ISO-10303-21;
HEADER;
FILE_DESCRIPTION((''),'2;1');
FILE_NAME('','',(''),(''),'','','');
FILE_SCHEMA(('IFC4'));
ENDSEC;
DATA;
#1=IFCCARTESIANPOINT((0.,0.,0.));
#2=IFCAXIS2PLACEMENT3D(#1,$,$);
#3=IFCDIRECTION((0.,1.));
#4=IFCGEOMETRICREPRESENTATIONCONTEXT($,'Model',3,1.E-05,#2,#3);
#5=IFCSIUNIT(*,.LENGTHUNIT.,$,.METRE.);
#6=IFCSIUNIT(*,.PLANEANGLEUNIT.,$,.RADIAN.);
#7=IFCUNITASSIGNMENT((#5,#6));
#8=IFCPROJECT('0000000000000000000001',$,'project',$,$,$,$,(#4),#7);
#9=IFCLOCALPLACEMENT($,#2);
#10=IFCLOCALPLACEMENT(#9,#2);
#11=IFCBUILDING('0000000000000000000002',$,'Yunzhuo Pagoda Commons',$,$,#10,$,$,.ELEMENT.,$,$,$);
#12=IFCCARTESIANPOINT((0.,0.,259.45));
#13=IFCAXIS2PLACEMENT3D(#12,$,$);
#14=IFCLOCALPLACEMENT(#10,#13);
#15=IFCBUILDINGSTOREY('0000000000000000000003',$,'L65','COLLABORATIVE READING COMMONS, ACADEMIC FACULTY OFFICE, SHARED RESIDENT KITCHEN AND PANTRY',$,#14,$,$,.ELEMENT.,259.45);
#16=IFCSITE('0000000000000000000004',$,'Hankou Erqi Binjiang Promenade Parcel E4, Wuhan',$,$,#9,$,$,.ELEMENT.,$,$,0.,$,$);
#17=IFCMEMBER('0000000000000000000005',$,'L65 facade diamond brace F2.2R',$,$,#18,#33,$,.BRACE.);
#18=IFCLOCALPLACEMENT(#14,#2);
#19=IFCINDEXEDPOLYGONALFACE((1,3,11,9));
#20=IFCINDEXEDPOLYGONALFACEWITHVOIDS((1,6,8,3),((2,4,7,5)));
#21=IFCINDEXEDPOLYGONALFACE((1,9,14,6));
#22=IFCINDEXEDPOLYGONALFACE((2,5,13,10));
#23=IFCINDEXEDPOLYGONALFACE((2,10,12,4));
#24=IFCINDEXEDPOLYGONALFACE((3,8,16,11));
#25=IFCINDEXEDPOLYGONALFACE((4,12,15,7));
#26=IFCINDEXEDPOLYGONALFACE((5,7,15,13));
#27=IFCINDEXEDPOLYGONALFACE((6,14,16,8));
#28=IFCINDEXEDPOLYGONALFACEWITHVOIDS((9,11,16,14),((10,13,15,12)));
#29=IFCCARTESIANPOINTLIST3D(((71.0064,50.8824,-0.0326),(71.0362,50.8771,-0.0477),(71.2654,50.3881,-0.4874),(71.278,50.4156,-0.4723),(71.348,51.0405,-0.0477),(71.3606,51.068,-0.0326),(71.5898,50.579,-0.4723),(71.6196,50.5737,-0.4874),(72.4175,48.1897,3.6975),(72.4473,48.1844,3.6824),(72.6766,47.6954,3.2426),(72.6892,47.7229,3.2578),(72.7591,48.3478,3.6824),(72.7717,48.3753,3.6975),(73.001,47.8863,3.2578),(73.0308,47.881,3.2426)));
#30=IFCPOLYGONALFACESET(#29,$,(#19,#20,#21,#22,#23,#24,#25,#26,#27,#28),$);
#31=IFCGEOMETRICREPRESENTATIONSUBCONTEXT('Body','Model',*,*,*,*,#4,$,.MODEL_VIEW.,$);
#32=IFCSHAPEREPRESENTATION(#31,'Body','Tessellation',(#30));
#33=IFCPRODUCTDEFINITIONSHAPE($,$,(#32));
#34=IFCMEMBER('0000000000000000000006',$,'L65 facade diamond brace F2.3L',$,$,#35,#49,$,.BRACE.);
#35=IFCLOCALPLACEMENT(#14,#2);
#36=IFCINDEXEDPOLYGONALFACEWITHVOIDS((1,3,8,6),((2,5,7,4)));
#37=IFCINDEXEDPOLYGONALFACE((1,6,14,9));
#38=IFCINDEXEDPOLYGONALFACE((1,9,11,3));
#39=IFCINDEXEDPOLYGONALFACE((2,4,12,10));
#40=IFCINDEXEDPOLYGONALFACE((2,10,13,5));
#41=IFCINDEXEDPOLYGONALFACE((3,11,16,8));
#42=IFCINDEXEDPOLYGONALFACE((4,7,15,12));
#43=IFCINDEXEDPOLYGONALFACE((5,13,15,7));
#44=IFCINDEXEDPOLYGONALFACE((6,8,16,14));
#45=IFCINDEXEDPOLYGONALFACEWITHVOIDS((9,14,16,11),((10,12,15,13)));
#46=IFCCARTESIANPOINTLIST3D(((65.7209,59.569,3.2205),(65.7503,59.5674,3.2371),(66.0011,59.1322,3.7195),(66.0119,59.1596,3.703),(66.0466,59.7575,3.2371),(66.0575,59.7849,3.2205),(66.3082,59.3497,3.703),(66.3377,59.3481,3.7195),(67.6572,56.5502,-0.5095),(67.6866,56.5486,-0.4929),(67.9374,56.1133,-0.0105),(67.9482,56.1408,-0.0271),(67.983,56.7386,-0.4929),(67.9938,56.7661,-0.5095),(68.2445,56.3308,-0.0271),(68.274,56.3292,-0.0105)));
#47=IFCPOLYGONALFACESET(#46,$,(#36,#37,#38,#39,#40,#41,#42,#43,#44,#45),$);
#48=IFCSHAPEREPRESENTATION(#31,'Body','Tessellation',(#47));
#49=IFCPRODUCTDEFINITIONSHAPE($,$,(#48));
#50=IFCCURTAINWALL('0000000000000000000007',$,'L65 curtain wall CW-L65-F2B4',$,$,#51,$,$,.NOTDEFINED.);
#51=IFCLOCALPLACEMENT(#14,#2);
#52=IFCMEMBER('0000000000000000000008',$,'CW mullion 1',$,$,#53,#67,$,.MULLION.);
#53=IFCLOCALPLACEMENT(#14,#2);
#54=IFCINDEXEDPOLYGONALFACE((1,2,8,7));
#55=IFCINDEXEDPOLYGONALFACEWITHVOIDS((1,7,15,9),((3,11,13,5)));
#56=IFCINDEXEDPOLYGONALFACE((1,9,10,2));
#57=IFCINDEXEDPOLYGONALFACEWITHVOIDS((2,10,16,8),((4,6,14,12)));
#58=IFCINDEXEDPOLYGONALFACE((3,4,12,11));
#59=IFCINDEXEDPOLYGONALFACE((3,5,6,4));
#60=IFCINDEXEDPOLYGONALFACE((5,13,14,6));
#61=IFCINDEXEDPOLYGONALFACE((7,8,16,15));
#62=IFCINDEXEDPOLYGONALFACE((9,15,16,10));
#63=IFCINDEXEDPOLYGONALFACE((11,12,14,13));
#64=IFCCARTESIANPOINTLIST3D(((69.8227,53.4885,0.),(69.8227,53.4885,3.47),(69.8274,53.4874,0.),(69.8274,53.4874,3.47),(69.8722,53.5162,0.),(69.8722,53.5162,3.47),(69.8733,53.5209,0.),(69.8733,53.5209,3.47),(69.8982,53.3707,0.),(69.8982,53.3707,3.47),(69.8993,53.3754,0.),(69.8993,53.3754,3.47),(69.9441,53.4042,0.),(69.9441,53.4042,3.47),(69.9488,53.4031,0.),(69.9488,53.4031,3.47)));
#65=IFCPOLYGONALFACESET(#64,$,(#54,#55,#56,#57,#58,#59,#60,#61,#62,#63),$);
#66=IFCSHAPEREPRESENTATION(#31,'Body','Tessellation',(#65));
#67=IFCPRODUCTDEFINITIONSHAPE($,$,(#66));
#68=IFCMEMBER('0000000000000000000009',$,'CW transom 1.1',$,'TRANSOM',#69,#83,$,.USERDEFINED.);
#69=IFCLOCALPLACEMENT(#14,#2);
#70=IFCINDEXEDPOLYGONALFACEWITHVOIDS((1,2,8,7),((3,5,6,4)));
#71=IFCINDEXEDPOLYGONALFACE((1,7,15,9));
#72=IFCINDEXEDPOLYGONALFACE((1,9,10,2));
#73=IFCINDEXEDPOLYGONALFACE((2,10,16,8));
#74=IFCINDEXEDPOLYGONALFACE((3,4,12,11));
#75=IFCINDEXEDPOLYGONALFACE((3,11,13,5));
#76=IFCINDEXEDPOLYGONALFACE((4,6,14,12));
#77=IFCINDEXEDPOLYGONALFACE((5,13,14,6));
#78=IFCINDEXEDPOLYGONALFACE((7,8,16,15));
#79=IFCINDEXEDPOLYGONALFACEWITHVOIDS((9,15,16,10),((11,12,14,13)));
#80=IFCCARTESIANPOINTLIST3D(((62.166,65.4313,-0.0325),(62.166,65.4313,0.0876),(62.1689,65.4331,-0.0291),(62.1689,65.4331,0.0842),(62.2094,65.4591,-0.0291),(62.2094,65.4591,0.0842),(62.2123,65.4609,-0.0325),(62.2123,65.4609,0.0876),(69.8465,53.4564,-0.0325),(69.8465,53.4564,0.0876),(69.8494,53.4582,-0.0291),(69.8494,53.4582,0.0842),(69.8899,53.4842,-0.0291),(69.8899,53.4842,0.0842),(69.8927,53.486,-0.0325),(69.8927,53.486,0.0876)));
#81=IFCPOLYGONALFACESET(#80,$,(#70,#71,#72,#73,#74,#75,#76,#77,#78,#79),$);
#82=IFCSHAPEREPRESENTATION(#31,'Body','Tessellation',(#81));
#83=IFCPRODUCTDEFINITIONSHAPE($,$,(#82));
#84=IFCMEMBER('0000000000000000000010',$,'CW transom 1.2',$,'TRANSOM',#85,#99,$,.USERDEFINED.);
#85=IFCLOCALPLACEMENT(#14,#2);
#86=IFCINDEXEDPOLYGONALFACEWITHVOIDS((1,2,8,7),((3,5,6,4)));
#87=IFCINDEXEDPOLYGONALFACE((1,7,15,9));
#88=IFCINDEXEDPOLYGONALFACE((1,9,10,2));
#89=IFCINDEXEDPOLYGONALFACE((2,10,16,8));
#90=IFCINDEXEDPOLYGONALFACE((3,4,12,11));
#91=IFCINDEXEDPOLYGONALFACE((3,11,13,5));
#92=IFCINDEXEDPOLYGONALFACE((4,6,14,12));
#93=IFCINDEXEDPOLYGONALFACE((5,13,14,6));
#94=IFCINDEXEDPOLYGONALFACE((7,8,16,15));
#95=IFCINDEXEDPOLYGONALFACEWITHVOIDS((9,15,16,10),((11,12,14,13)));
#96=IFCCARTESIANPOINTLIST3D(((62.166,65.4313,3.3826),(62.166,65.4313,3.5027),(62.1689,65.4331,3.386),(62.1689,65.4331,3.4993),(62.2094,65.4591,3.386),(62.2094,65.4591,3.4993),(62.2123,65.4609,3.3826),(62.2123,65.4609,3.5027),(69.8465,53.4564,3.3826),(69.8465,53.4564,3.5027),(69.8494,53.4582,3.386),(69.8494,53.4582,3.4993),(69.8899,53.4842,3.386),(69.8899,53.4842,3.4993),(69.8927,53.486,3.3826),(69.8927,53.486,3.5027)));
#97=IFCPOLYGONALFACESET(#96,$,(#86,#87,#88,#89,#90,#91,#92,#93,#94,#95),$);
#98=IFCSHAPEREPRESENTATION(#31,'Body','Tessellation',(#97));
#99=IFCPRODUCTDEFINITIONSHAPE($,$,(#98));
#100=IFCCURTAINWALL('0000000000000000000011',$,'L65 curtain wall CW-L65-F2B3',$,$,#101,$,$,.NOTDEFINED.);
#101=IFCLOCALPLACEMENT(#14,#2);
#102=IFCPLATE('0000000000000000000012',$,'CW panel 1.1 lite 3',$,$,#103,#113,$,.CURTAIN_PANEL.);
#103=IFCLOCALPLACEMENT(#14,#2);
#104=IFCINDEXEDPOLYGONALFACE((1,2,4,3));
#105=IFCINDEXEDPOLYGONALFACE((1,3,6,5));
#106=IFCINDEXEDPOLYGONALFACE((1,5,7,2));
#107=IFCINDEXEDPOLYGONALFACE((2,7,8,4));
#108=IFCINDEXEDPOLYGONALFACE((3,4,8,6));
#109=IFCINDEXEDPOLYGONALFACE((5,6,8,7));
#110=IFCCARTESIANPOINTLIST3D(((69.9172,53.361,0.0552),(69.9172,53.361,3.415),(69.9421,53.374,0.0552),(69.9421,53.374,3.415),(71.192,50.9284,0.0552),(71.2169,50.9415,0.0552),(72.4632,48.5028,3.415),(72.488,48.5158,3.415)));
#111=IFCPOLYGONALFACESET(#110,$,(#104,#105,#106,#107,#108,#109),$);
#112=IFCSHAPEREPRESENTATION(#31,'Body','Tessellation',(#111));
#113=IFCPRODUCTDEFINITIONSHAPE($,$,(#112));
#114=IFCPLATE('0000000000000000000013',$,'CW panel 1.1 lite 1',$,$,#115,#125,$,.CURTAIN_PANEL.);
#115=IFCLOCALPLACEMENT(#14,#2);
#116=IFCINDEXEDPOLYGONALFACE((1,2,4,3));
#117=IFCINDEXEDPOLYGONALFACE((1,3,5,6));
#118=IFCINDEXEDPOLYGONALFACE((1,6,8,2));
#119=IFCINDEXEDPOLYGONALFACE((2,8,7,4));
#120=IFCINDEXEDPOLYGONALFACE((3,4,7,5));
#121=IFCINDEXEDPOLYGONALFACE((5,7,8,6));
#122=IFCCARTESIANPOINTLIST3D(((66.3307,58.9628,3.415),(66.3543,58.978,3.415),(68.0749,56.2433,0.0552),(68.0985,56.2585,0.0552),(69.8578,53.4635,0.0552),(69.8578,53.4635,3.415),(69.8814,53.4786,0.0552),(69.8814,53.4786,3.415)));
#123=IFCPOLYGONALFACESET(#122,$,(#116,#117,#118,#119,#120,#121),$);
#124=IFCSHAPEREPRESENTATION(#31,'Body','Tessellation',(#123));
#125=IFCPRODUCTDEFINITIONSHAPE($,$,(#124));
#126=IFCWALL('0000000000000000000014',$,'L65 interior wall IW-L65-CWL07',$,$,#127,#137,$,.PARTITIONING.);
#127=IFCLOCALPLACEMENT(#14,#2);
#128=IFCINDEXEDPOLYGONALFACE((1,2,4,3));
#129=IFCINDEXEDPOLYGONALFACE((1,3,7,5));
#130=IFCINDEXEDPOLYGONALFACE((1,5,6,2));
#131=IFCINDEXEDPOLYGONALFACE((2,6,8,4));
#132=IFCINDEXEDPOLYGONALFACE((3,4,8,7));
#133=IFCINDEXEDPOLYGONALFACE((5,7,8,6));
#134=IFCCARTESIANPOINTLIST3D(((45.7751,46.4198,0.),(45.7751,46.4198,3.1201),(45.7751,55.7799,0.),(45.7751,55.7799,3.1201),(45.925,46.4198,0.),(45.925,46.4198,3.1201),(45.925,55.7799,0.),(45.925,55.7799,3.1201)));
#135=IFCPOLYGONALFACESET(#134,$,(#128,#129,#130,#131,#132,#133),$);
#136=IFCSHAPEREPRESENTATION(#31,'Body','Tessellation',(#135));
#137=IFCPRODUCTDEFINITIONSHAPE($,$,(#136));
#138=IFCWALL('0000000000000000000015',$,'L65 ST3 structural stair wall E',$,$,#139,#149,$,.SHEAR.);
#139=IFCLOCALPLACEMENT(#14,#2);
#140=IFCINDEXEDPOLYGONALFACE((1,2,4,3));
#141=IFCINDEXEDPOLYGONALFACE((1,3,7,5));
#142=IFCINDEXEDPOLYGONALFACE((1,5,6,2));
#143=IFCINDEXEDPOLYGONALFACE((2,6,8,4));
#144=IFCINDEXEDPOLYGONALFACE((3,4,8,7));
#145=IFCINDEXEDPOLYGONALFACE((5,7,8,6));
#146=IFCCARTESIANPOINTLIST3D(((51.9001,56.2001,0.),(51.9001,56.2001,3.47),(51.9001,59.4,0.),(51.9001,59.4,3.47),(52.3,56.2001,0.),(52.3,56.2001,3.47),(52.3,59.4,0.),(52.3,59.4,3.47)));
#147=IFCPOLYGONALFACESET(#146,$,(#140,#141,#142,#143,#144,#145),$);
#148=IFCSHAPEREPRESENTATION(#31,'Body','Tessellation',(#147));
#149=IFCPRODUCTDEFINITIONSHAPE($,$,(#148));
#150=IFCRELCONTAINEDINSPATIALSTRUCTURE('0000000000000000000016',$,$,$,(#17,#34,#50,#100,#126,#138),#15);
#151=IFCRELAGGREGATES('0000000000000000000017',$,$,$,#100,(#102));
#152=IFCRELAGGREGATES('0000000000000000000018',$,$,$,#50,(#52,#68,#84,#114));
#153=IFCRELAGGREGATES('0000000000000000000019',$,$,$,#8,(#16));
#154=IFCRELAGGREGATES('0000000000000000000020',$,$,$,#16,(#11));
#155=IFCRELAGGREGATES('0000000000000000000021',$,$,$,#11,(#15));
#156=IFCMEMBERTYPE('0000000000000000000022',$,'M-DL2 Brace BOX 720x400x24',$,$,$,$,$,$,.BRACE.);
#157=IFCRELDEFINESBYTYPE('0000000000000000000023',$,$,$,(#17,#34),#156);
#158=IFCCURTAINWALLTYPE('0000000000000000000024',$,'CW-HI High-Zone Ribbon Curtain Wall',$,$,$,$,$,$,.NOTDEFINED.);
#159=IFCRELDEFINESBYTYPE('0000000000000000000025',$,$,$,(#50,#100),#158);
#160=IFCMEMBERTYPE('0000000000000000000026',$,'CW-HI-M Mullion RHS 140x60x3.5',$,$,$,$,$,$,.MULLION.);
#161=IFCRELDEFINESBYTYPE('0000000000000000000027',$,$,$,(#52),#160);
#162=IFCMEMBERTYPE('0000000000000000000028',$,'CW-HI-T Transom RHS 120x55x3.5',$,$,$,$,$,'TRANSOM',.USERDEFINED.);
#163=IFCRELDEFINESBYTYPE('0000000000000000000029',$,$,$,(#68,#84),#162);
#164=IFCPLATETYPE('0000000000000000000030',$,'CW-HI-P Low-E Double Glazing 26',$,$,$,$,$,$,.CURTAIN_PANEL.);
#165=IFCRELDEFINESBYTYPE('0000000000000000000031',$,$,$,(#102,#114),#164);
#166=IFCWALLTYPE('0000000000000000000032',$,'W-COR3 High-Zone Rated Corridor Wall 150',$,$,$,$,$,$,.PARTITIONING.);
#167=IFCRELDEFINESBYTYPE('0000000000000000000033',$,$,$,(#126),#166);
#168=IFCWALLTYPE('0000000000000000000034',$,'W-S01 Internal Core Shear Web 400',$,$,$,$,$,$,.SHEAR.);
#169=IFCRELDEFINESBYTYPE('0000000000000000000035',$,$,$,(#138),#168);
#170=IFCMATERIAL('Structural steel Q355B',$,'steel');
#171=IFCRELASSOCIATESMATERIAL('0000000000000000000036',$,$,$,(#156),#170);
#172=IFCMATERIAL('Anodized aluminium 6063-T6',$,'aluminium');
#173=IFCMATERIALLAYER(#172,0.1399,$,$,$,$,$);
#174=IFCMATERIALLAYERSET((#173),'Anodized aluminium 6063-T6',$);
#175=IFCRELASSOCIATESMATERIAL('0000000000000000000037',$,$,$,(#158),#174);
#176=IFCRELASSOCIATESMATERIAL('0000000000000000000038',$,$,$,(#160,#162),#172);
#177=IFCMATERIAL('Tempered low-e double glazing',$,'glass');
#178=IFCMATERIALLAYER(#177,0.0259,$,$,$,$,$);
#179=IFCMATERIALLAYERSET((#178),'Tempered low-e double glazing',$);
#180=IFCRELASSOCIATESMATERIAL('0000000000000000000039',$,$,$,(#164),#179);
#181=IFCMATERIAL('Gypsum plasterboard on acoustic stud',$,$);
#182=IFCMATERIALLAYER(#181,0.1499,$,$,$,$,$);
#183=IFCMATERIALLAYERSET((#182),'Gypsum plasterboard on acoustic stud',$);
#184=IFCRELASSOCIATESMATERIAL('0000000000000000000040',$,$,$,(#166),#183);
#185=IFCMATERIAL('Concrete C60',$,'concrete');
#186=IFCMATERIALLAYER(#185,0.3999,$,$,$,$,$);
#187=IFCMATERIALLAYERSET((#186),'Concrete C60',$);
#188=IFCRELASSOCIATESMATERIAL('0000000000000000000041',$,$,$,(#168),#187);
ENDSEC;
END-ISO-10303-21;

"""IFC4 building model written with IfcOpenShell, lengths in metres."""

from ifc_helpers import new_model, si_unit, direction, frame, frame_2d, origin, origin_2d, place, context, subcontext, project, spatial, polyline, rectangle, hollow_rectangle, outline, extrude, source, transform, mapped, material, layer, layer_set, material_profile, profile_set, type_object, element, aggregate, save


model = new_model("IFC4")

# Units and contexts
model_context = context("Model", 3, precision=1e-05, world=origin(), true_north=direction((0.0, 1.0)))
body_context = subcontext(model_context, "Body", "Model", "MODEL_VIEW")
ifc_project = project(units=[si_unit("LENGTHUNIT", "METRE"), si_unit("PLANEANGLEUNIT", "RADIAN")], contexts=[model_context])

# Site, building, storey
site_placement = place(None, origin())
site = spatial("IfcSite", under=ifc_project, at=site_placement, Name="Hankou Erqi Binjiang Promenade Parcel E4, Wuhan", CompositionType="ELEMENT", RefElevation=0.0)
building_placement = place(site_placement, origin())
building = spatial("IfcBuilding", under=site, at=building_placement, Name="Yunzhuo Pagoda Commons", CompositionType="ELEMENT")
storey_placement = place(building_placement, frame((0.0, 0.0, 259.45)))
storey = spatial("IfcBuildingStorey", under=building, at=storey_placement, Name="L65", Description="COLLABORATIVE READING COMMONS, ACADEMIC FACULTY OFFICE, SHARED RESIDENT KITCHEN AND PANTRY", CompositionType="ELEMENT", Elevation=259.45)

# Shared definitions
ifc_material_1 = material(Name="Structural steel Q355B", Category="steel")

# Members
ifc_material_profile_1 = material_profile(ifc_material_1, hollow_rectangle(XDim=0.3999, YDim=0.72, WallThickness=0.0239, at=origin_2d()), Name="Structural steel Q355B")
ifc_profile_set_1 = profile_set([ifc_material_profile_1], Name="Structural steel Q355B")
member_type_1 = type_object("IfcMemberType", Name="M-DL2 Brace BOX 720x400x24", PredefinedType="BRACE", material=ifc_profile_set_1)
shared_shape_1 = source(origin(), body_context, "Body", "SweptSolid", [
    extrude(hollow_rectangle(XDim=0.3999, YDim=0.72, WallThickness=0.0239, at=origin_2d()), origin(), (0.0, 0.0, 1.0), 4.812),
])
member_1_placement = place(storey_placement, frame((71.313, 50.728, -0.26), z_axis=(0.29326, -0.559578, 0.775159), x_axis=(0.885736, 0.46419, 0.0)))
element("IfcMember", 1, at=member_1_placement, inside=storey, type_object=member_type_1, Name="L65 facade diamond brace F2.2R", PredefinedType="BRACE", context=body_context, shape_type="MappedRepresentation", body=[
    mapped(shared_shape_1, transform((0.0, 0.0, 0.0), scale=1.0)),
])
shared_shape_2 = source(origin(), body_context, "Body", "SweptSolid", [
    extrude(hollow_rectangle(XDim=0.3999, YDim=0.72, WallThickness=0.0239, at=origin_2d()), origin(), (0.0, 0.0, 1.0), 5.1746),
])
member_2_placement = place(storey_placement, frame((67.9656, 56.4397, -0.26), z_axis=(-0.374199, 0.583403, 0.720844), x_axis=(-0.841733, -0.539894, 0.0)))
element("IfcMember", 2, at=member_2_placement, inside=storey, type_object=member_type_1, Name="L65 facade diamond brace F2.3L", PredefinedType="BRACE", context=body_context, shape_type="MappedRepresentation", body=[
    mapped(shared_shape_2, transform((0.0, 0.0, 0.0), scale=1.0)),
])

# Curtain wall, members
ifc_material_2 = material(Name="Anodized aluminium 6063-T6", Category="aluminium")
ifc_layer_1 = layer(ifc_material_2, 0.1399)
ifc_layer_set_1 = layer_set([ifc_layer_1], Name="Anodized aluminium 6063-T6")
curtain_wall_type = type_object("IfcCurtainWallType", Name="CW-HI High-Zone Ribbon Curtain Wall", PredefinedType="NOTDEFINED", material=ifc_layer_set_1)
curtain_wall_1_placement = place(storey_placement, origin())
curtain_wall_1 = element("IfcCurtainWall", 3, at=curtain_wall_1_placement, inside=storey, type_object=curtain_wall_type, Name="L65 curtain wall CW-L65-F2B4", PredefinedType="NOTDEFINED")
ifc_material_profile_2 = material_profile(ifc_material_2, hollow_rectangle(XDim=0.0601, YDim=0.1399, WallThickness=0.0034, at=origin_2d()), Name="Anodized aluminium 6063-T6")
ifc_profile_set_2 = profile_set([ifc_material_profile_2], Name="Anodized aluminium 6063-T6")
member_type_2 = type_object("IfcMemberType", Name="CW-HI-M Mullion RHS 140x60x3.5", PredefinedType="MULLION", material=ifc_profile_set_2)
shared_shape_3 = source(origin(), body_context, "Body", "SweptSolid", [
    extrude(hollow_rectangle(XDim=0.0601, YDim=0.1399, WallThickness=0.0034, at=origin_2d()), origin(), (0.0, 0.0, 1.0), 3.47),
])
member_3_placement = place(storey_placement, frame((69.8857, 53.4458, 0.0), z_axis=(0.0, 0.0, 1.0), x_axis=(-0.84175, -0.539867, 0.0)))
member_3 = element("IfcMember", 4, at=member_3_placement, type_object=member_type_2, Name="CW mullion 1", PredefinedType="MULLION", context=body_context, shape_type="MappedRepresentation", body=[
    mapped(shared_shape_3, transform((0.0, 0.0, 0.0), scale=1.0)),
])
ifc_material_profile_3 = material_profile(ifc_material_2, hollow_rectangle(XDim=0.0549, YDim=0.1201, WallThickness=0.0034, at=origin_2d()), Name="Anodized aluminium 6063-T6")
ifc_profile_set_3 = profile_set([ifc_material_profile_3], Name="Anodized aluminium 6063-T6")
member_type_3 = type_object("IfcMemberType", Name="CW-HI-T Transom RHS 120x55x3.5", ElementType="TRANSOM", PredefinedType="USERDEFINED", material=ifc_profile_set_3)
shared_shape_4 = source(origin(), body_context, "Body", "SweptSolid", [
    extrude(hollow_rectangle(XDim=0.0549, YDim=0.1201, WallThickness=0.0034, at=origin_2d()), origin(), (0.0, 0.0, 1.0), 14.2263),
])
member_4_placement = place(storey_placement, frame((69.8696, 53.4712, 0.0276), z_axis=(-0.539877, 0.841744, 0.0), x_axis=(-0.841744, -0.539877, 0.0)))
member_4 = element("IfcMember", 5, at=member_4_placement, type_object=member_type_3, Name="CW transom 1.1", ObjectType="TRANSOM", PredefinedType="USERDEFINED", context=body_context, shape_type="MappedRepresentation", body=[
    mapped(shared_shape_4, transform((0.0, 0.0, 0.0), scale=1.0)),
])
member_5_placement = place(storey_placement, frame((69.8696, 53.4712, 3.4426), z_axis=(-0.539877, 0.841744, 0.0), x_axis=(-0.841744, -0.539877, 0.0)))
member_5 = element("IfcMember", 6, at=member_5_placement, type_object=member_type_3, Name="CW transom 1.2", ObjectType="TRANSOM", PredefinedType="USERDEFINED", context=body_context, shape_type="MappedRepresentation", body=[
    mapped(shared_shape_4, transform((0.0, 0.0, 0.0), scale=1.0)),
])

# Curtain wall, plate
curtain_wall_2_placement = place(storey_placement, origin())
curtain_wall_2 = element("IfcCurtainWall", 7, at=curtain_wall_2_placement, inside=storey, type_object=curtain_wall_type, Name="L65 curtain wall CW-L65-F2B3", PredefinedType="NOTDEFINED")
ifc_material_3 = material(Name="Tempered low-e double glazing", Category="glass")
ifc_layer_2 = layer(ifc_material_3, 0.0259)
ifc_layer_set_2 = layer_set([ifc_layer_2], Name="Tempered low-e double glazing")
plate_type = type_object("IfcPlateType", Name="CW-HI-P Low-E Double Glazing 26", PredefinedType="CURTAIN_PANEL", material=ifc_layer_set_2)
plate_1_placement = place(storey_placement, frame((71.1902, 50.9319, 1.7351), z_axis=(0.885743, 0.464176, 0.0), x_axis=(-0.464176, 0.885743, 0.0)))
plate_1 = element("IfcPlate", 8, at=plate_1_placement, type_object=plate_type, Name="CW panel 1.1 lite 3", PredefinedType="CURTAIN_PANEL", context=body_context, shape_type="SweptSolid", body=[
    extrude(outline(polyline([(-2.7424, 1.6799), (-0.0039, -1.6799), (2.7424, -1.6799), (2.7424, 1.6799), (-2.7424, 1.6799)])), origin(), (0.0, 0.0, 1.0), 0.0281),
])
aggregate(curtain_wall_2, [plate_1])

# Plate
plate_2_placement = place(storey_placement, frame((68.0942, 56.2131, 1.7351), z_axis=(0.84175, 0.539867, 0.0), x_axis=(-0.539867, 0.84175, 0.0)))
plate_2 = element("IfcPlate", 9, at=plate_2_placement, type_object=plate_type, Name="CW panel 1.1 lite 1", PredefinedType="CURTAIN_PANEL", context=body_context, shape_type="SweptSolid", body=[
    extrude(outline(polyline([(-3.2666, -1.6799), (0.0359, -1.6799), (3.2666, 1.6799), (-3.2666, 1.6799), (-3.2666, -1.6799)])), origin(), (0.0, 0.0, 1.0), 0.0281),
])
aggregate(curtain_wall_1, [member_3, member_4, member_5, plate_2])

# Walls
ifc_material_4 = material(Name="Gypsum plasterboard on acoustic stud")
ifc_layer_3 = layer(ifc_material_4, 0.1499)
ifc_layer_set_3 = layer_set([ifc_layer_3], Name="Gypsum plasterboard on acoustic stud")
wall_type_1 = type_object("IfcWallType", Name="W-COR3 High-Zone Rated Corridor Wall 150", PredefinedType="PARTITIONING", material=ifc_layer_set_3)
wall_1_placement = place(storey_placement, frame((45.8501, 55.78, 0.0), z_axis=(0.0, 0.0, 1.0), x_axis=(0.0, -1.0, 0.0)))
element("IfcWall", 10, at=wall_1_placement, inside=storey, type_object=wall_type_1, Name="L65 interior wall IW-L65-CWL07", PredefinedType="PARTITIONING", context=body_context, shape_type="SweptSolid", body=[
    extrude(rectangle(XDim=9.3601, YDim=0.1499, at=frame_2d((4.6802, 0.0))), origin(), (0.0, 0.0, 1.0), 3.1201),
])
ifc_material_5 = material(Name="Concrete C60", Category="concrete")
ifc_layer_4 = layer(ifc_material_5, 0.3999)
ifc_layer_set_4 = layer_set([ifc_layer_4], Name="Concrete C60")
wall_type_2 = type_object("IfcWallType", Name="W-S01 Internal Core Shear Web 400", PredefinedType="SHEAR", material=ifc_layer_set_4)
wall_2_placement = place(storey_placement, frame((52.1001, 56.2, 0.0), z_axis=(0.0, 0.0, 1.0), x_axis=(0.0, 1.0, 0.0)))
element("IfcWall", 11, at=wall_2_placement, inside=storey, type_object=wall_type_2, Name="L65 ST3 structural stair wall E", PredefinedType="SHEAR", context=body_context, shape_type="SweptSolid", body=[
    extrude(rectangle(XDim=3.2, YDim=0.3999, at=frame_2d((1.6001, 0.0))), origin(), (0.0, 0.0, 1.0), 3.47),
])

save(model, "model.ifc")
